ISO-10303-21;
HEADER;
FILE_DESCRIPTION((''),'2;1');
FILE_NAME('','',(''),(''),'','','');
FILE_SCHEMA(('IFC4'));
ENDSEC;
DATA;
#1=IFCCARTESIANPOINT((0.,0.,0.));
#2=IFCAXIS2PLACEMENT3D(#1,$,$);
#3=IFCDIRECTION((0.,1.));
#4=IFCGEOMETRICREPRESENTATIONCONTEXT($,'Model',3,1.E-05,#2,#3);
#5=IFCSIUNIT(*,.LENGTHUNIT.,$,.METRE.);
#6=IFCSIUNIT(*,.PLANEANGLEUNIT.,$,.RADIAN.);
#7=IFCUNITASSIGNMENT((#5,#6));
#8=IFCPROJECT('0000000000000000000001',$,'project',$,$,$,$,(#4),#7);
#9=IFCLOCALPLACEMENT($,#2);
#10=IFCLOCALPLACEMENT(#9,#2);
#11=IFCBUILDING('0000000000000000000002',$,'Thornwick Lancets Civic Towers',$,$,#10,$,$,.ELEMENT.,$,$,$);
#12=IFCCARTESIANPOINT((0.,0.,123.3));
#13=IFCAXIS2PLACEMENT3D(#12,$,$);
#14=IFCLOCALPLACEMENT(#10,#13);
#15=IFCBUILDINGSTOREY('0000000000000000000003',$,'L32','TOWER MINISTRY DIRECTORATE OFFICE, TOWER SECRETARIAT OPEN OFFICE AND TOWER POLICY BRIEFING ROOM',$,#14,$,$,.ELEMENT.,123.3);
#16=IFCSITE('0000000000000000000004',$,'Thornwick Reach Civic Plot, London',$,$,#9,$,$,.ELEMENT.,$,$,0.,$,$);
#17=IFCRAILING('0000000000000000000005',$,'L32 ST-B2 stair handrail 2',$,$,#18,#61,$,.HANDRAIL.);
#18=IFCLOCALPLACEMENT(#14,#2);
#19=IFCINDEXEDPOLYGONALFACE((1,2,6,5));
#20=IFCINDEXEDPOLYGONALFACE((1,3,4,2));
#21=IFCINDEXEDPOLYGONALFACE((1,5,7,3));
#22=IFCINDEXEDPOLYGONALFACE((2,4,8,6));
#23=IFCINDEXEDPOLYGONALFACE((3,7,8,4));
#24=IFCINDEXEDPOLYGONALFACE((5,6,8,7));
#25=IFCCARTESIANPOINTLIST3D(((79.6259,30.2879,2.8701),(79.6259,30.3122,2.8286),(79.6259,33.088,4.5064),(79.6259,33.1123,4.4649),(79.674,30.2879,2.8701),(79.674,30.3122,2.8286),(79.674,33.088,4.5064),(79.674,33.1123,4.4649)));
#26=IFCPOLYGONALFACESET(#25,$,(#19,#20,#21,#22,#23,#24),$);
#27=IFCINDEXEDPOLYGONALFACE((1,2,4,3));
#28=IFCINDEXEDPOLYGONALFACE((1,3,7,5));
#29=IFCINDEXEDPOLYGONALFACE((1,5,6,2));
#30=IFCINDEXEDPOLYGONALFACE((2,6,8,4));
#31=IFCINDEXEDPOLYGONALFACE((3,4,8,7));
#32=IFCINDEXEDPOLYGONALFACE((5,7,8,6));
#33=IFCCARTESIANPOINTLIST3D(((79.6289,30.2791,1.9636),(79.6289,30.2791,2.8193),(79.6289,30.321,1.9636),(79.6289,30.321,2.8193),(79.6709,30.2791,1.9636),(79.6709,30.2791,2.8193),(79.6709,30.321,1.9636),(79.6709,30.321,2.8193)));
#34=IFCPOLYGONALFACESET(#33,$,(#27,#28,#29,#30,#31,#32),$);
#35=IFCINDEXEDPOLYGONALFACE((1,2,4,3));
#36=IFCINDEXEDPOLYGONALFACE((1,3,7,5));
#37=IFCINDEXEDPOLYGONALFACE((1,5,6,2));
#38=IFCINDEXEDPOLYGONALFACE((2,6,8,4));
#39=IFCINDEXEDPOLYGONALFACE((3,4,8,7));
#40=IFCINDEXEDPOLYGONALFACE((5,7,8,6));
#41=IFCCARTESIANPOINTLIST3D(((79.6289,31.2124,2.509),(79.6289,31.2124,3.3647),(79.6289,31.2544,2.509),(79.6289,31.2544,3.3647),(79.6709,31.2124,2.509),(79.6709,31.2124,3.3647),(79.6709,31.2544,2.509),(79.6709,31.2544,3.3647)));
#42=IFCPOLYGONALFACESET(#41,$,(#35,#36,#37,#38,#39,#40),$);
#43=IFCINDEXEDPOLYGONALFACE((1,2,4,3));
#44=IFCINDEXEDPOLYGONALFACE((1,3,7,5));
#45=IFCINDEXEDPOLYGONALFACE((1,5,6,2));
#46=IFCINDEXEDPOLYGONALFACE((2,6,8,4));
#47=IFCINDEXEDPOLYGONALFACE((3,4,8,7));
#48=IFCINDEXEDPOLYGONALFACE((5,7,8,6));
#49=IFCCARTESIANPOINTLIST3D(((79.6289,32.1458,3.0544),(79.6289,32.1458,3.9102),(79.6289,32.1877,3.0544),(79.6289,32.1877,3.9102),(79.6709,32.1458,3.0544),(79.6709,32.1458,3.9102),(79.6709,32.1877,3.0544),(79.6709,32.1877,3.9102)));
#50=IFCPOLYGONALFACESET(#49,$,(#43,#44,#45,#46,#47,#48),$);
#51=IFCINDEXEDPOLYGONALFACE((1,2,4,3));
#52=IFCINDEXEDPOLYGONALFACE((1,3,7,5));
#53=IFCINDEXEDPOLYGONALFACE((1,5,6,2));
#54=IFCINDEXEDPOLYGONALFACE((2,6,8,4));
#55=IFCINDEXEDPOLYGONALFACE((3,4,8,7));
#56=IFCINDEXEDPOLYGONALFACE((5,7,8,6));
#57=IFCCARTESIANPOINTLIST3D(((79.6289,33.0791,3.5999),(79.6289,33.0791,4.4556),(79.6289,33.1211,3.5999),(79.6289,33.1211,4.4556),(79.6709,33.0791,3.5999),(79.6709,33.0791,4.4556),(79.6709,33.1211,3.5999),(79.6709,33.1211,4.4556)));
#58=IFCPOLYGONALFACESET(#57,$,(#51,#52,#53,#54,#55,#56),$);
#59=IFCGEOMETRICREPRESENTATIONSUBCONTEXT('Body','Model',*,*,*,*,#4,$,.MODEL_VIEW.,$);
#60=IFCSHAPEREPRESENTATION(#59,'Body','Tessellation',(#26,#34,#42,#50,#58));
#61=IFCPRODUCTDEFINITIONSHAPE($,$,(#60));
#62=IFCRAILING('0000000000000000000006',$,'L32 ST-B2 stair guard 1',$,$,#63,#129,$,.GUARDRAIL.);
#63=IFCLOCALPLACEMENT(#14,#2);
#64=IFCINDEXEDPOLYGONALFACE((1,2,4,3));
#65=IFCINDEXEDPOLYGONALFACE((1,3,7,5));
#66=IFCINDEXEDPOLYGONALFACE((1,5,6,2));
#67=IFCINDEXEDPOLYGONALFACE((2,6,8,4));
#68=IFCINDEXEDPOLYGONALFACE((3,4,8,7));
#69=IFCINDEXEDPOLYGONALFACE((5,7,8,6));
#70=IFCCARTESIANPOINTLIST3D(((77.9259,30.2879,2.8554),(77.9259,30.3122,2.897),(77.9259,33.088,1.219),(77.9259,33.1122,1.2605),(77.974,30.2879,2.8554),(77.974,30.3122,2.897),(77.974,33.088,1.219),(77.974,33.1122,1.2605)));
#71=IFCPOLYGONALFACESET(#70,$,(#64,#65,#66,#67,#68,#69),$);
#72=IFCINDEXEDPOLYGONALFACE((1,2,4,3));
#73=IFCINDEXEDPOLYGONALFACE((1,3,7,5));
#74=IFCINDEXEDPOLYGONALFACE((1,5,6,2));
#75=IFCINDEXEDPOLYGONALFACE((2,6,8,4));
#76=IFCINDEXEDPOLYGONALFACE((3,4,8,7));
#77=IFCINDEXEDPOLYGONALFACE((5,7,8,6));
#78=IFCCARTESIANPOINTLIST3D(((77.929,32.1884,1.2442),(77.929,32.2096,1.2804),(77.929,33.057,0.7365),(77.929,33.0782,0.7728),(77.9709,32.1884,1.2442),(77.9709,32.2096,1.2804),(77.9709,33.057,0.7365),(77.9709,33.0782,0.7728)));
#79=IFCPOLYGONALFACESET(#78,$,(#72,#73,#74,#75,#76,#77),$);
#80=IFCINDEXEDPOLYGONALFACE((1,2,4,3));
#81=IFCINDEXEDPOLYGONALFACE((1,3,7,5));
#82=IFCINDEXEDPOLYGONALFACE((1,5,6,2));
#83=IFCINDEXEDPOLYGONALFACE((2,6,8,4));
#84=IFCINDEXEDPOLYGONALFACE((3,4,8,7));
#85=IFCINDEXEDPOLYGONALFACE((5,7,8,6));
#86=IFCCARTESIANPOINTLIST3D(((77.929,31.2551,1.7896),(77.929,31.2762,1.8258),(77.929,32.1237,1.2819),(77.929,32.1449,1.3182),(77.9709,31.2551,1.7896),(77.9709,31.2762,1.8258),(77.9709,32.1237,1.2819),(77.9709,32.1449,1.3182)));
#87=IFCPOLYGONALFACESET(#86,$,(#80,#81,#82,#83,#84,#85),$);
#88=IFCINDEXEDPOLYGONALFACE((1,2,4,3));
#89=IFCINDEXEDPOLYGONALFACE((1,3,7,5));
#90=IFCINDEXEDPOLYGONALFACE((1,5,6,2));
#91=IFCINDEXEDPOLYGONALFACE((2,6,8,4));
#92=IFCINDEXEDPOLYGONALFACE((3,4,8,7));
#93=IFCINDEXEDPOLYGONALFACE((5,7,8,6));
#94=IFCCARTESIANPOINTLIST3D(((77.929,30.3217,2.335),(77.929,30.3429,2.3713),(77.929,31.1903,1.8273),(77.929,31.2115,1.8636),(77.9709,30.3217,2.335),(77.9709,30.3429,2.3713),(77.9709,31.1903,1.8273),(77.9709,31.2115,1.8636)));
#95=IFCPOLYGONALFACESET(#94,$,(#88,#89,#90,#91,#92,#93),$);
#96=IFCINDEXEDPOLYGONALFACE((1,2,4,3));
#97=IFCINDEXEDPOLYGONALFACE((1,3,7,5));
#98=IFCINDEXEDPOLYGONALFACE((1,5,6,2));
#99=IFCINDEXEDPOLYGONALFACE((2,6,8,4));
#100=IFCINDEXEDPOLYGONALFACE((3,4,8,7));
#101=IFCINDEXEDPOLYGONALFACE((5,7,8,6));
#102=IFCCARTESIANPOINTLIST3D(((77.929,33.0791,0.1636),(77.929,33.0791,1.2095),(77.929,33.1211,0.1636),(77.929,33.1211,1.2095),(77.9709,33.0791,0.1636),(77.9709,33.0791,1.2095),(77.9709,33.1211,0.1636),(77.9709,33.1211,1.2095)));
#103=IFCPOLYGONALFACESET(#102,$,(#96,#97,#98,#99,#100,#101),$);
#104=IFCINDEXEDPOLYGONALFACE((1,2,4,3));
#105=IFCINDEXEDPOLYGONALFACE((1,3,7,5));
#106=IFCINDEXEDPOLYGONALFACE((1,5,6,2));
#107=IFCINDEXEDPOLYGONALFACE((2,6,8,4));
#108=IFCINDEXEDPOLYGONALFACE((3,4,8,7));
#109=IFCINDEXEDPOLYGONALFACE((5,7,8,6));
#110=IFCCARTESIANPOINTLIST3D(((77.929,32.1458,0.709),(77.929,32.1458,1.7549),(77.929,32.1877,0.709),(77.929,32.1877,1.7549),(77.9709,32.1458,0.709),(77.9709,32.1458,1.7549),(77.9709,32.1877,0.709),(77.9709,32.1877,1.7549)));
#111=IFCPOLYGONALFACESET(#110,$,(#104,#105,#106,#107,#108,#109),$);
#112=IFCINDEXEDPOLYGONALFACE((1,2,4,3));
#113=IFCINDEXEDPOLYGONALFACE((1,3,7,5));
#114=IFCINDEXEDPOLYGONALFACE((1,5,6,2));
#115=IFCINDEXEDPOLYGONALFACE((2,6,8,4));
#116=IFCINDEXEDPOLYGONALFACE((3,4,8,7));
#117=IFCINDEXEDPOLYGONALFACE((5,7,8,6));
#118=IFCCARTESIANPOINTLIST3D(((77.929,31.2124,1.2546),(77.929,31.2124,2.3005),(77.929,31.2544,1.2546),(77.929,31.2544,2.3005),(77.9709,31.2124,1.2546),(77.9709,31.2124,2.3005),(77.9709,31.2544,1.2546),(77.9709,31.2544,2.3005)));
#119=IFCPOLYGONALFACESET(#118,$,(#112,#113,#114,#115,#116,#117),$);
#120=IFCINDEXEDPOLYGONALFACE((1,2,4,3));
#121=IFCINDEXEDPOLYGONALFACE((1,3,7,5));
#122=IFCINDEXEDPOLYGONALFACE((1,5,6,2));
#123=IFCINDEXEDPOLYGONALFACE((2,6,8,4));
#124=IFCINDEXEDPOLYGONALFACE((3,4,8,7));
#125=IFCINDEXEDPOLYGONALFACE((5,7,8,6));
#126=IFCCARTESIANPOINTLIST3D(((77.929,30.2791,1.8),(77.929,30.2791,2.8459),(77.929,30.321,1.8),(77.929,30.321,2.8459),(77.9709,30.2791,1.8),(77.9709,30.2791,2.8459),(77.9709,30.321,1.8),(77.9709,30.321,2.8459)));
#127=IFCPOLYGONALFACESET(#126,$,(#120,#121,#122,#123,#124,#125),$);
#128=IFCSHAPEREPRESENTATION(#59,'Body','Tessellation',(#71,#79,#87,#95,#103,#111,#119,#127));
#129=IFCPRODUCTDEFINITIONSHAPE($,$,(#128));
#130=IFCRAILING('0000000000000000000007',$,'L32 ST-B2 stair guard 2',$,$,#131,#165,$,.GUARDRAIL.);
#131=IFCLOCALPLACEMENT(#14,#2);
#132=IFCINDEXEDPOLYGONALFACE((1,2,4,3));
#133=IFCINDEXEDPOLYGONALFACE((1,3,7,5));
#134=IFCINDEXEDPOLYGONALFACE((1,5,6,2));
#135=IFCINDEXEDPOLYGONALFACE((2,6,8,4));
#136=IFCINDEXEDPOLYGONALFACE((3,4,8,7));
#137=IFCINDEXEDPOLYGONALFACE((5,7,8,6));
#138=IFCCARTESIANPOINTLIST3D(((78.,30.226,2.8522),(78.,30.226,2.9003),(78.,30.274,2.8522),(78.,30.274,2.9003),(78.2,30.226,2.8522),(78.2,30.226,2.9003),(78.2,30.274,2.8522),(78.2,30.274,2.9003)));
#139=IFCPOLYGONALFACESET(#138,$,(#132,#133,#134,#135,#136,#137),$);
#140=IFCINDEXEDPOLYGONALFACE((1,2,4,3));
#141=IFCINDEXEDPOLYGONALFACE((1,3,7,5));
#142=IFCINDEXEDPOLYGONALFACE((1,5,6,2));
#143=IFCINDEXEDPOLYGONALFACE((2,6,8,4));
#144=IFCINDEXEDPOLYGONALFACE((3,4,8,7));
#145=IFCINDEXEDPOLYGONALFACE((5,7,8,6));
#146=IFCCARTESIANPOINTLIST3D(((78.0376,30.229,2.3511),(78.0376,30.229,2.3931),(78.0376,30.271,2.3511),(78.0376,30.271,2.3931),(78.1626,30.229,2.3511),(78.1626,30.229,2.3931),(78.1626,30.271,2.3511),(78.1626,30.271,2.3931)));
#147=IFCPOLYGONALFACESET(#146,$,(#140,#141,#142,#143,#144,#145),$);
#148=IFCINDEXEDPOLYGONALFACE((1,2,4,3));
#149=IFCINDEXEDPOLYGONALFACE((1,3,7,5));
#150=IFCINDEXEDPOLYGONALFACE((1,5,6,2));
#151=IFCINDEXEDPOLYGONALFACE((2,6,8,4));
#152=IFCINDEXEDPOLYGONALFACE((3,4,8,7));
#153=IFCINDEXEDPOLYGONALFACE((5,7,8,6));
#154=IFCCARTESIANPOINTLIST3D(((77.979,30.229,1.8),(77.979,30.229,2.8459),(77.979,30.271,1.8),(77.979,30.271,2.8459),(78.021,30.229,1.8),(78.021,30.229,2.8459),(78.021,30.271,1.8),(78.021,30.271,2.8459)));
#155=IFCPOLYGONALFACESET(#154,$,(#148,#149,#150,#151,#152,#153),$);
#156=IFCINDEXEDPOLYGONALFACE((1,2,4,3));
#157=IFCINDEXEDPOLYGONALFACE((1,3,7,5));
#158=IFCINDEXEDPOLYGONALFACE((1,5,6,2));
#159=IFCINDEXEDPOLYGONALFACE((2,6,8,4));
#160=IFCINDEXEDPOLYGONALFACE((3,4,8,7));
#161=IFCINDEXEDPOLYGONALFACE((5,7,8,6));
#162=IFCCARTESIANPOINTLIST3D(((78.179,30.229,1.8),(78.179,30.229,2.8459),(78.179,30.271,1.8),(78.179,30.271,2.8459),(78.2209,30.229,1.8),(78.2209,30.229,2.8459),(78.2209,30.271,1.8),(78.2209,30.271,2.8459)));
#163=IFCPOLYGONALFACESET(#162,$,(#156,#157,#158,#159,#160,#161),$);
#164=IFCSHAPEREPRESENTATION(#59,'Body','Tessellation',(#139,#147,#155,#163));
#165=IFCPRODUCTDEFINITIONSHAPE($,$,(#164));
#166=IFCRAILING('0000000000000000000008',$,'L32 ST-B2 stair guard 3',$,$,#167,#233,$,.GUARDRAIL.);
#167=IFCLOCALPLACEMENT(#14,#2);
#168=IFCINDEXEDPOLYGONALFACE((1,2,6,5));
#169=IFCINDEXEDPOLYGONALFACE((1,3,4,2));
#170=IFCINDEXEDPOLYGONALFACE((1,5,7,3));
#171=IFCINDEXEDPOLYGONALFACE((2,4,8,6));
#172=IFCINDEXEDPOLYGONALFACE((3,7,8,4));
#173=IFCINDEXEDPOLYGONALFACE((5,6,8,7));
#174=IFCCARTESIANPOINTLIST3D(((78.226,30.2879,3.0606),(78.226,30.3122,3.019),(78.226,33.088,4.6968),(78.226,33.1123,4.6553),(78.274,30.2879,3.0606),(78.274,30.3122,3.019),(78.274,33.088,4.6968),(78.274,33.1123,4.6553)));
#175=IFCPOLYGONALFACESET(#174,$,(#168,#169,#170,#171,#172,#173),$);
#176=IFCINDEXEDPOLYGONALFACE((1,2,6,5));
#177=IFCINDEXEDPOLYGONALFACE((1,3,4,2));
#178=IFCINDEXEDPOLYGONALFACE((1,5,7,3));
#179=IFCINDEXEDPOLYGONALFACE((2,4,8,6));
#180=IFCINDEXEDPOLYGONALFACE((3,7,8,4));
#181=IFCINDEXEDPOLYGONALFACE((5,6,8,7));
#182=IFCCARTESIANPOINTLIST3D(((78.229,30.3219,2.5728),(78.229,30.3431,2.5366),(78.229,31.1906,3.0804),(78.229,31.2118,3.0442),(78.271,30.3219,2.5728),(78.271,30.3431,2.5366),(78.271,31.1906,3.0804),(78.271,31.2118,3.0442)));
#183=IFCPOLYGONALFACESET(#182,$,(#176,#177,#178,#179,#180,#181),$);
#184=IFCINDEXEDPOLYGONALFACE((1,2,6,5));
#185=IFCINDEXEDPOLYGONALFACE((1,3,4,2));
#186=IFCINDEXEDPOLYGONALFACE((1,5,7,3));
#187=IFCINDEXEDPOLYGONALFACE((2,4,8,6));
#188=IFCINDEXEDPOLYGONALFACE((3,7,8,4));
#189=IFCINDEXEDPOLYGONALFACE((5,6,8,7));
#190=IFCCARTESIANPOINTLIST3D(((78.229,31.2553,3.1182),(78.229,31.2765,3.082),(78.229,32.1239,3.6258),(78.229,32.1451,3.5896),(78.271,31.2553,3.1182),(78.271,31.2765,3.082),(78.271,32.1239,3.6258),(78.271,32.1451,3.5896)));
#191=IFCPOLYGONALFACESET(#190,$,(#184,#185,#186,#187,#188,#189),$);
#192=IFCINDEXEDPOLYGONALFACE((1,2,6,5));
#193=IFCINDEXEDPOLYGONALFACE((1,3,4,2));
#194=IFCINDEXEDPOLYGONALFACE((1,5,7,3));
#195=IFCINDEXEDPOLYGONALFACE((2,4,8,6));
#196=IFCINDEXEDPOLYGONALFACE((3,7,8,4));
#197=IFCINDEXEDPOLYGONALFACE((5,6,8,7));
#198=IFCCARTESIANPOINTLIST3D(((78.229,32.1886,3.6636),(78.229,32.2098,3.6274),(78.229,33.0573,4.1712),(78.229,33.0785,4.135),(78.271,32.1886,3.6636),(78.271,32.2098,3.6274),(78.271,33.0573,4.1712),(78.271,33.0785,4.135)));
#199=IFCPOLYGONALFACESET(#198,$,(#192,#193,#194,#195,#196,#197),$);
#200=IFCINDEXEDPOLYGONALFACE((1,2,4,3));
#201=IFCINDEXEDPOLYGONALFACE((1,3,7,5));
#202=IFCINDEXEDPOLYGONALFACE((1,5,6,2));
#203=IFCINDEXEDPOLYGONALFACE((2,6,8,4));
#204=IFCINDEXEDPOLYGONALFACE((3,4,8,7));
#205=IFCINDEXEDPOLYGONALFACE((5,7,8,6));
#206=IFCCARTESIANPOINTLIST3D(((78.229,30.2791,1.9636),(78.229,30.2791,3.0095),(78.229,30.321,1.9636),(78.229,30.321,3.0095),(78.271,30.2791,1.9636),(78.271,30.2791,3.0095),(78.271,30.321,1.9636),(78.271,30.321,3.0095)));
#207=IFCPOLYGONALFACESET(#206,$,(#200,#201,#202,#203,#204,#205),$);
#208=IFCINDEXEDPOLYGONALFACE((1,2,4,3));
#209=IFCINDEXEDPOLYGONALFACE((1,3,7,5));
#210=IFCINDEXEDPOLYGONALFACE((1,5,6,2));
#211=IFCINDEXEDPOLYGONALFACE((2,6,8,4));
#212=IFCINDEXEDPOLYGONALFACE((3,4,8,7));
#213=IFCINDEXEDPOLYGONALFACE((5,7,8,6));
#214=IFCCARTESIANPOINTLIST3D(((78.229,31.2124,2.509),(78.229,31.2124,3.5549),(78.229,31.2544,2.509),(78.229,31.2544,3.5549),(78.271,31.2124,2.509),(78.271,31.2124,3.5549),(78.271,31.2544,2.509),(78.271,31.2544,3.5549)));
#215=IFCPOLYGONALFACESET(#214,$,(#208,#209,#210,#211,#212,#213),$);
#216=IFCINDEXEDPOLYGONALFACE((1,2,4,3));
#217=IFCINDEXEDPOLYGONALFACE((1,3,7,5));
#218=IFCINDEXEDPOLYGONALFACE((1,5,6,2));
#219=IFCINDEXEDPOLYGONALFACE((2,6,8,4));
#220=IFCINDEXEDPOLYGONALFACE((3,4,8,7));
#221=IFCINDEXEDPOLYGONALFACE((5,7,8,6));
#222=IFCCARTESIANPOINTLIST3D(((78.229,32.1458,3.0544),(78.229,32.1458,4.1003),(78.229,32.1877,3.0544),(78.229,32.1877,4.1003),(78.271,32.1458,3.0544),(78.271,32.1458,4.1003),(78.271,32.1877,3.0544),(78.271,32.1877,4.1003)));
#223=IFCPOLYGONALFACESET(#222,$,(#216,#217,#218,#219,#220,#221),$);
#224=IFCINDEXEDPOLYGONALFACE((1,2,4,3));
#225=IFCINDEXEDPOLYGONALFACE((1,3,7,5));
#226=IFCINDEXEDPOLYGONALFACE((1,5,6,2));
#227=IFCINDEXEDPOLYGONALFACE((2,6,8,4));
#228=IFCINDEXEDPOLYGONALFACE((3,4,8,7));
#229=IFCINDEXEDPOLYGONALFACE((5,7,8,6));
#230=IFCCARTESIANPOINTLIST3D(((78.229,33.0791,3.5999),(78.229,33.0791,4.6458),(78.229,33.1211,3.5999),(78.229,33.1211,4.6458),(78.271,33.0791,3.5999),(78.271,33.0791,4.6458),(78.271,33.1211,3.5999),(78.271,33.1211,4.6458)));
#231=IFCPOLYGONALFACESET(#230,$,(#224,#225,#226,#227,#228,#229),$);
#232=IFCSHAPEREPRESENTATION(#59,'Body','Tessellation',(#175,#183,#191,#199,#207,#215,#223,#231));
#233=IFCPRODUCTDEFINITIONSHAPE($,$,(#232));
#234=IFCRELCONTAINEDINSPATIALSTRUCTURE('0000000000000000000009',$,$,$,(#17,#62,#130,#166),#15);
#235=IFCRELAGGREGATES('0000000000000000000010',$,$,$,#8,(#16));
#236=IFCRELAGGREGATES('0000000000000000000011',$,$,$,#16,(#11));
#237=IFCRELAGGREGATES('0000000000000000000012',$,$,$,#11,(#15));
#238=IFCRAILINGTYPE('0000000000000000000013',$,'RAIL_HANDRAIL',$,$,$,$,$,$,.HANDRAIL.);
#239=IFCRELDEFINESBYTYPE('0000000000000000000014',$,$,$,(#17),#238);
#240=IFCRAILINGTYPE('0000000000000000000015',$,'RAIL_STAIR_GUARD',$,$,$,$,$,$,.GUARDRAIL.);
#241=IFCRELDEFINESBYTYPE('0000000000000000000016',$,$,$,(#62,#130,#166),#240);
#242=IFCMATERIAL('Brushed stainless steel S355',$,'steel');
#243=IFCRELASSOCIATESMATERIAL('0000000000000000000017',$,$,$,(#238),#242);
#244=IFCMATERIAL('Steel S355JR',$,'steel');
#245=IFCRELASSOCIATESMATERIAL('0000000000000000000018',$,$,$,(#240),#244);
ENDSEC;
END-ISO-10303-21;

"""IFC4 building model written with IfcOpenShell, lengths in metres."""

from ifc_helpers import new_model, si_unit, direction, frame, origin, origin_2d, place, context, subcontext, project, spatial, rectangle, extrude, material, type_object, element, save


model = new_model("IFC4")

# Units and contexts
model_context = context("Model", 3, precision=1e-05, world=origin(), true_north=direction((0.0, 1.0)))
body_context = subcontext(model_context, "Body", "Model", "MODEL_VIEW")
ifc_project = project(units=[si_unit("LENGTHUNIT", "METRE"), si_unit("PLANEANGLEUNIT", "RADIAN")], contexts=[model_context])

# Site, building, storey
site_placement = place(None, origin())
site = spatial("IfcSite", under=ifc_project, at=site_placement, Name="Thornwick Reach Civic Plot, London", CompositionType="ELEMENT", RefElevation=0.0)
building_placement = place(site_placement, origin())
building = spatial("IfcBuilding", under=site, at=building_placement, Name="Thornwick Lancets Civic Towers", CompositionType="ELEMENT")
storey_placement = place(building_placement, frame((0.0, 0.0, 123.3)))
storey = spatial("IfcBuildingStorey", under=building, at=storey_placement, Name="L32", Description="TOWER MINISTRY DIRECTORATE OFFICE, TOWER SECRETARIAT OPEN OFFICE AND TOWER POLICY BRIEFING ROOM", CompositionType="ELEMENT", Elevation=123.3)

# Shared definitions
ifc_material_1 = material(Name="Steel S355JR", Category="steel")

# Railings
ifc_material_2 = material(Name="Brushed stainless steel S355", Category="steel")
railing_type_1 = type_object("IfcRailingType", Name="RAIL_HANDRAIL", PredefinedType="HANDRAIL", material=ifc_material_2)
railing_1_placement = place(storey_placement, frame((79.6499, 30.3, 1.9636)))
element("IfcRailing", 1, at=railing_1_placement, inside=storey, type_object=railing_type_1, Name="L32 ST-B2 stair handrail 2", PredefinedType="HANDRAIL", context=body_context, shape_type="SweptSolid", body=[
    extrude(rectangle(XDim=0.0481, YDim=0.0481, at=origin_2d()), frame((0.0, 0.0, 0.8857), z_axis=(0.0, 0.863394, 0.504531), x_axis=(-1.0, 0.0, 0.0)), (0.0, 0.0, 1.0), 3.2432),
    extrude(rectangle(XDim=0.042, YDim=0.042, at=origin_2d()), origin(), (0.0, 0.0, 1.0), 0.8557),
    extrude(rectangle(XDim=0.042, YDim=0.042, at=origin_2d()), frame((0.0, 0.9333, 0.5454)), (0.0, 0.0, 1.0), 0.8557),
    extrude(rectangle(XDim=0.042, YDim=0.042, at=origin_2d()), frame((0.0, 1.8667, 1.0908)), (0.0, 0.0, 1.0), 0.8557),
    extrude(rectangle(XDim=0.042, YDim=0.042, at=origin_2d()), frame((0.0, 2.8, 1.6362)), (0.0, 0.0, 1.0), 0.8557),
])
railing_type_2 = type_object("IfcRailingType", Name="RAIL_STAIR_GUARD", PredefinedType="GUARDRAIL", material=ifc_material_1)
railing_2_placement = place(storey_placement, frame((77.95, 33.1001, 0.1636)))
element("IfcRailing", 2, at=railing_2_placement, inside=storey, type_object=railing_type_2, Name="L32 ST-B2 stair guard 1", PredefinedType="GUARDRAIL", context=body_context, shape_type="SweptSolid", body=[
    extrude(rectangle(XDim=0.0481, YDim=0.0481, at=origin_2d()), frame((0.0, 0.0, 1.0762), z_axis=(0.0, -0.863361, 0.504587), x_axis=(1.0, 0.0, 0.0)), (0.0, 0.0, 1.0), 3.2432),
    extrude(rectangle(XDim=0.042, YDim=0.042, at=origin_2d()), frame((0.0, -0.0325, 0.5911), z_axis=(0.0, -0.863361, 0.504587), x_axis=(1.0, 0.0, 0.0)), (0.0, 0.0, 1.0), 1.0061),
    extrude(rectangle(XDim=0.042, YDim=0.042, at=origin_2d()), frame((0.0, -0.9658, 1.1365), z_axis=(0.0, -0.863361, 0.504587), x_axis=(1.0, 0.0, 0.0)), (0.0, 0.0, 1.0), 1.0061),
    extrude(rectangle(XDim=0.042, YDim=0.042, at=origin_2d()), frame((0.0, -1.8992, 1.6819), z_axis=(0.0, -0.863361, 0.504587), x_axis=(1.0, 0.0, 0.0)), (0.0, 0.0, 1.0), 1.0061),
    extrude(rectangle(XDim=0.042, YDim=0.042, at=origin_2d()), origin(), (0.0, 0.0, 1.0), 1.0459),
    extrude(rectangle(XDim=0.042, YDim=0.042, at=origin_2d()), frame((0.0, -0.9333, 0.5454)), (0.0, 0.0, 1.0), 1.0459),
    extrude(rectangle(XDim=0.042, YDim=0.042, at=origin_2d()), frame((0.0, -1.8667, 1.0911)), (0.0, 0.0, 1.0), 1.0459),
    extrude(rectangle(XDim=0.042, YDim=0.042, at=origin_2d()), frame((0.0, -2.8, 1.6365)), (0.0, 0.0, 1.0), 1.0459),
])
railing_3_placement = place(storey_placement, frame((78.0, 30.25, 1.8)))
element("IfcRailing", 3, at=railing_3_placement, inside=storey, type_object=railing_type_2, Name="L32 ST-B2 stair guard 2", PredefinedType="GUARDRAIL", context=body_context, shape_type="SweptSolid", body=[
    extrude(rectangle(XDim=0.0481, YDim=0.0481, at=origin_2d()), frame((0.0, 0.0, 1.0762), z_axis=(1.0, 0.0, 0.0), x_axis=(0.0, 1.0, 0.0)), (0.0, 0.0, 1.0), 0.2),
    extrude(rectangle(XDim=0.042, YDim=0.042, at=origin_2d()), frame((0.0376, 0.0, 0.572), z_axis=(1.0, 0.0, 0.0), x_axis=(0.0, 1.0, 0.0)), (0.0, 0.0, 1.0), 0.125),
    extrude(rectangle(XDim=0.042, YDim=0.042, at=origin_2d()), origin(), (0.0, 0.0, 1.0), 1.0459),
    extrude(rectangle(XDim=0.042, YDim=0.042, at=origin_2d()), frame((0.2, 0.0, 0.0)), (0.0, 0.0, 1.0), 1.0459),
])
railing_4_placement = place(storey_placement, frame((78.25, 30.3, 1.9636)))
element("IfcRailing", 4, at=railing_4_placement, inside=storey, type_object=railing_type_2, Name="L32 ST-B2 stair guard 3", PredefinedType="GUARDRAIL", context=body_context, shape_type="SweptSolid", body=[
    extrude(rectangle(XDim=0.0481, YDim=0.0481, at=origin_2d()), frame((0.0, 0.0, 1.0762), z_axis=(0.0, 0.863394, 0.504531), x_axis=(-1.0, 0.0, 0.0)), (0.0, 0.0, 1.0), 3.2432),
    extrude(rectangle(XDim=0.042, YDim=0.042, at=origin_2d()), frame((0.0, 0.0325, 0.5911), z_axis=(0.0, 0.863394, 0.504531), x_axis=(-1.0, 0.0, 0.0)), (0.0, 0.0, 1.0), 1.0061),
    extrude(rectangle(XDim=0.042, YDim=0.042, at=origin_2d()), frame((0.0, 0.9658, 1.1365), z_axis=(0.0, 0.863394, 0.504531), x_axis=(-1.0, 0.0, 0.0)), (0.0, 0.0, 1.0), 1.0061),
    extrude(rectangle(XDim=0.042, YDim=0.042, at=origin_2d()), frame((0.0, 1.8992, 1.6819), z_axis=(0.0, 0.863394, 0.504531), x_axis=(-1.0, 0.0, 0.0)), (0.0, 0.0, 1.0), 1.0061),
    extrude(rectangle(XDim=0.042, YDim=0.042, at=origin_2d()), origin(), (0.0, 0.0, 1.0), 1.0459),
    extrude(rectangle(XDim=0.042, YDim=0.042, at=origin_2d()), frame((0.0, 0.9333, 0.5454)), (0.0, 0.0, 1.0), 1.0459),
    extrude(rectangle(XDim=0.042, YDim=0.042, at=origin_2d()), frame((0.0, 1.8667, 1.0908)), (0.0, 0.0, 1.0), 1.0459),
    extrude(rectangle(XDim=0.042, YDim=0.042, at=origin_2d()), frame((0.0, 2.8, 1.6362)), (0.0, 0.0, 1.0), 1.0459),
])

save(model, "model.ifc")
